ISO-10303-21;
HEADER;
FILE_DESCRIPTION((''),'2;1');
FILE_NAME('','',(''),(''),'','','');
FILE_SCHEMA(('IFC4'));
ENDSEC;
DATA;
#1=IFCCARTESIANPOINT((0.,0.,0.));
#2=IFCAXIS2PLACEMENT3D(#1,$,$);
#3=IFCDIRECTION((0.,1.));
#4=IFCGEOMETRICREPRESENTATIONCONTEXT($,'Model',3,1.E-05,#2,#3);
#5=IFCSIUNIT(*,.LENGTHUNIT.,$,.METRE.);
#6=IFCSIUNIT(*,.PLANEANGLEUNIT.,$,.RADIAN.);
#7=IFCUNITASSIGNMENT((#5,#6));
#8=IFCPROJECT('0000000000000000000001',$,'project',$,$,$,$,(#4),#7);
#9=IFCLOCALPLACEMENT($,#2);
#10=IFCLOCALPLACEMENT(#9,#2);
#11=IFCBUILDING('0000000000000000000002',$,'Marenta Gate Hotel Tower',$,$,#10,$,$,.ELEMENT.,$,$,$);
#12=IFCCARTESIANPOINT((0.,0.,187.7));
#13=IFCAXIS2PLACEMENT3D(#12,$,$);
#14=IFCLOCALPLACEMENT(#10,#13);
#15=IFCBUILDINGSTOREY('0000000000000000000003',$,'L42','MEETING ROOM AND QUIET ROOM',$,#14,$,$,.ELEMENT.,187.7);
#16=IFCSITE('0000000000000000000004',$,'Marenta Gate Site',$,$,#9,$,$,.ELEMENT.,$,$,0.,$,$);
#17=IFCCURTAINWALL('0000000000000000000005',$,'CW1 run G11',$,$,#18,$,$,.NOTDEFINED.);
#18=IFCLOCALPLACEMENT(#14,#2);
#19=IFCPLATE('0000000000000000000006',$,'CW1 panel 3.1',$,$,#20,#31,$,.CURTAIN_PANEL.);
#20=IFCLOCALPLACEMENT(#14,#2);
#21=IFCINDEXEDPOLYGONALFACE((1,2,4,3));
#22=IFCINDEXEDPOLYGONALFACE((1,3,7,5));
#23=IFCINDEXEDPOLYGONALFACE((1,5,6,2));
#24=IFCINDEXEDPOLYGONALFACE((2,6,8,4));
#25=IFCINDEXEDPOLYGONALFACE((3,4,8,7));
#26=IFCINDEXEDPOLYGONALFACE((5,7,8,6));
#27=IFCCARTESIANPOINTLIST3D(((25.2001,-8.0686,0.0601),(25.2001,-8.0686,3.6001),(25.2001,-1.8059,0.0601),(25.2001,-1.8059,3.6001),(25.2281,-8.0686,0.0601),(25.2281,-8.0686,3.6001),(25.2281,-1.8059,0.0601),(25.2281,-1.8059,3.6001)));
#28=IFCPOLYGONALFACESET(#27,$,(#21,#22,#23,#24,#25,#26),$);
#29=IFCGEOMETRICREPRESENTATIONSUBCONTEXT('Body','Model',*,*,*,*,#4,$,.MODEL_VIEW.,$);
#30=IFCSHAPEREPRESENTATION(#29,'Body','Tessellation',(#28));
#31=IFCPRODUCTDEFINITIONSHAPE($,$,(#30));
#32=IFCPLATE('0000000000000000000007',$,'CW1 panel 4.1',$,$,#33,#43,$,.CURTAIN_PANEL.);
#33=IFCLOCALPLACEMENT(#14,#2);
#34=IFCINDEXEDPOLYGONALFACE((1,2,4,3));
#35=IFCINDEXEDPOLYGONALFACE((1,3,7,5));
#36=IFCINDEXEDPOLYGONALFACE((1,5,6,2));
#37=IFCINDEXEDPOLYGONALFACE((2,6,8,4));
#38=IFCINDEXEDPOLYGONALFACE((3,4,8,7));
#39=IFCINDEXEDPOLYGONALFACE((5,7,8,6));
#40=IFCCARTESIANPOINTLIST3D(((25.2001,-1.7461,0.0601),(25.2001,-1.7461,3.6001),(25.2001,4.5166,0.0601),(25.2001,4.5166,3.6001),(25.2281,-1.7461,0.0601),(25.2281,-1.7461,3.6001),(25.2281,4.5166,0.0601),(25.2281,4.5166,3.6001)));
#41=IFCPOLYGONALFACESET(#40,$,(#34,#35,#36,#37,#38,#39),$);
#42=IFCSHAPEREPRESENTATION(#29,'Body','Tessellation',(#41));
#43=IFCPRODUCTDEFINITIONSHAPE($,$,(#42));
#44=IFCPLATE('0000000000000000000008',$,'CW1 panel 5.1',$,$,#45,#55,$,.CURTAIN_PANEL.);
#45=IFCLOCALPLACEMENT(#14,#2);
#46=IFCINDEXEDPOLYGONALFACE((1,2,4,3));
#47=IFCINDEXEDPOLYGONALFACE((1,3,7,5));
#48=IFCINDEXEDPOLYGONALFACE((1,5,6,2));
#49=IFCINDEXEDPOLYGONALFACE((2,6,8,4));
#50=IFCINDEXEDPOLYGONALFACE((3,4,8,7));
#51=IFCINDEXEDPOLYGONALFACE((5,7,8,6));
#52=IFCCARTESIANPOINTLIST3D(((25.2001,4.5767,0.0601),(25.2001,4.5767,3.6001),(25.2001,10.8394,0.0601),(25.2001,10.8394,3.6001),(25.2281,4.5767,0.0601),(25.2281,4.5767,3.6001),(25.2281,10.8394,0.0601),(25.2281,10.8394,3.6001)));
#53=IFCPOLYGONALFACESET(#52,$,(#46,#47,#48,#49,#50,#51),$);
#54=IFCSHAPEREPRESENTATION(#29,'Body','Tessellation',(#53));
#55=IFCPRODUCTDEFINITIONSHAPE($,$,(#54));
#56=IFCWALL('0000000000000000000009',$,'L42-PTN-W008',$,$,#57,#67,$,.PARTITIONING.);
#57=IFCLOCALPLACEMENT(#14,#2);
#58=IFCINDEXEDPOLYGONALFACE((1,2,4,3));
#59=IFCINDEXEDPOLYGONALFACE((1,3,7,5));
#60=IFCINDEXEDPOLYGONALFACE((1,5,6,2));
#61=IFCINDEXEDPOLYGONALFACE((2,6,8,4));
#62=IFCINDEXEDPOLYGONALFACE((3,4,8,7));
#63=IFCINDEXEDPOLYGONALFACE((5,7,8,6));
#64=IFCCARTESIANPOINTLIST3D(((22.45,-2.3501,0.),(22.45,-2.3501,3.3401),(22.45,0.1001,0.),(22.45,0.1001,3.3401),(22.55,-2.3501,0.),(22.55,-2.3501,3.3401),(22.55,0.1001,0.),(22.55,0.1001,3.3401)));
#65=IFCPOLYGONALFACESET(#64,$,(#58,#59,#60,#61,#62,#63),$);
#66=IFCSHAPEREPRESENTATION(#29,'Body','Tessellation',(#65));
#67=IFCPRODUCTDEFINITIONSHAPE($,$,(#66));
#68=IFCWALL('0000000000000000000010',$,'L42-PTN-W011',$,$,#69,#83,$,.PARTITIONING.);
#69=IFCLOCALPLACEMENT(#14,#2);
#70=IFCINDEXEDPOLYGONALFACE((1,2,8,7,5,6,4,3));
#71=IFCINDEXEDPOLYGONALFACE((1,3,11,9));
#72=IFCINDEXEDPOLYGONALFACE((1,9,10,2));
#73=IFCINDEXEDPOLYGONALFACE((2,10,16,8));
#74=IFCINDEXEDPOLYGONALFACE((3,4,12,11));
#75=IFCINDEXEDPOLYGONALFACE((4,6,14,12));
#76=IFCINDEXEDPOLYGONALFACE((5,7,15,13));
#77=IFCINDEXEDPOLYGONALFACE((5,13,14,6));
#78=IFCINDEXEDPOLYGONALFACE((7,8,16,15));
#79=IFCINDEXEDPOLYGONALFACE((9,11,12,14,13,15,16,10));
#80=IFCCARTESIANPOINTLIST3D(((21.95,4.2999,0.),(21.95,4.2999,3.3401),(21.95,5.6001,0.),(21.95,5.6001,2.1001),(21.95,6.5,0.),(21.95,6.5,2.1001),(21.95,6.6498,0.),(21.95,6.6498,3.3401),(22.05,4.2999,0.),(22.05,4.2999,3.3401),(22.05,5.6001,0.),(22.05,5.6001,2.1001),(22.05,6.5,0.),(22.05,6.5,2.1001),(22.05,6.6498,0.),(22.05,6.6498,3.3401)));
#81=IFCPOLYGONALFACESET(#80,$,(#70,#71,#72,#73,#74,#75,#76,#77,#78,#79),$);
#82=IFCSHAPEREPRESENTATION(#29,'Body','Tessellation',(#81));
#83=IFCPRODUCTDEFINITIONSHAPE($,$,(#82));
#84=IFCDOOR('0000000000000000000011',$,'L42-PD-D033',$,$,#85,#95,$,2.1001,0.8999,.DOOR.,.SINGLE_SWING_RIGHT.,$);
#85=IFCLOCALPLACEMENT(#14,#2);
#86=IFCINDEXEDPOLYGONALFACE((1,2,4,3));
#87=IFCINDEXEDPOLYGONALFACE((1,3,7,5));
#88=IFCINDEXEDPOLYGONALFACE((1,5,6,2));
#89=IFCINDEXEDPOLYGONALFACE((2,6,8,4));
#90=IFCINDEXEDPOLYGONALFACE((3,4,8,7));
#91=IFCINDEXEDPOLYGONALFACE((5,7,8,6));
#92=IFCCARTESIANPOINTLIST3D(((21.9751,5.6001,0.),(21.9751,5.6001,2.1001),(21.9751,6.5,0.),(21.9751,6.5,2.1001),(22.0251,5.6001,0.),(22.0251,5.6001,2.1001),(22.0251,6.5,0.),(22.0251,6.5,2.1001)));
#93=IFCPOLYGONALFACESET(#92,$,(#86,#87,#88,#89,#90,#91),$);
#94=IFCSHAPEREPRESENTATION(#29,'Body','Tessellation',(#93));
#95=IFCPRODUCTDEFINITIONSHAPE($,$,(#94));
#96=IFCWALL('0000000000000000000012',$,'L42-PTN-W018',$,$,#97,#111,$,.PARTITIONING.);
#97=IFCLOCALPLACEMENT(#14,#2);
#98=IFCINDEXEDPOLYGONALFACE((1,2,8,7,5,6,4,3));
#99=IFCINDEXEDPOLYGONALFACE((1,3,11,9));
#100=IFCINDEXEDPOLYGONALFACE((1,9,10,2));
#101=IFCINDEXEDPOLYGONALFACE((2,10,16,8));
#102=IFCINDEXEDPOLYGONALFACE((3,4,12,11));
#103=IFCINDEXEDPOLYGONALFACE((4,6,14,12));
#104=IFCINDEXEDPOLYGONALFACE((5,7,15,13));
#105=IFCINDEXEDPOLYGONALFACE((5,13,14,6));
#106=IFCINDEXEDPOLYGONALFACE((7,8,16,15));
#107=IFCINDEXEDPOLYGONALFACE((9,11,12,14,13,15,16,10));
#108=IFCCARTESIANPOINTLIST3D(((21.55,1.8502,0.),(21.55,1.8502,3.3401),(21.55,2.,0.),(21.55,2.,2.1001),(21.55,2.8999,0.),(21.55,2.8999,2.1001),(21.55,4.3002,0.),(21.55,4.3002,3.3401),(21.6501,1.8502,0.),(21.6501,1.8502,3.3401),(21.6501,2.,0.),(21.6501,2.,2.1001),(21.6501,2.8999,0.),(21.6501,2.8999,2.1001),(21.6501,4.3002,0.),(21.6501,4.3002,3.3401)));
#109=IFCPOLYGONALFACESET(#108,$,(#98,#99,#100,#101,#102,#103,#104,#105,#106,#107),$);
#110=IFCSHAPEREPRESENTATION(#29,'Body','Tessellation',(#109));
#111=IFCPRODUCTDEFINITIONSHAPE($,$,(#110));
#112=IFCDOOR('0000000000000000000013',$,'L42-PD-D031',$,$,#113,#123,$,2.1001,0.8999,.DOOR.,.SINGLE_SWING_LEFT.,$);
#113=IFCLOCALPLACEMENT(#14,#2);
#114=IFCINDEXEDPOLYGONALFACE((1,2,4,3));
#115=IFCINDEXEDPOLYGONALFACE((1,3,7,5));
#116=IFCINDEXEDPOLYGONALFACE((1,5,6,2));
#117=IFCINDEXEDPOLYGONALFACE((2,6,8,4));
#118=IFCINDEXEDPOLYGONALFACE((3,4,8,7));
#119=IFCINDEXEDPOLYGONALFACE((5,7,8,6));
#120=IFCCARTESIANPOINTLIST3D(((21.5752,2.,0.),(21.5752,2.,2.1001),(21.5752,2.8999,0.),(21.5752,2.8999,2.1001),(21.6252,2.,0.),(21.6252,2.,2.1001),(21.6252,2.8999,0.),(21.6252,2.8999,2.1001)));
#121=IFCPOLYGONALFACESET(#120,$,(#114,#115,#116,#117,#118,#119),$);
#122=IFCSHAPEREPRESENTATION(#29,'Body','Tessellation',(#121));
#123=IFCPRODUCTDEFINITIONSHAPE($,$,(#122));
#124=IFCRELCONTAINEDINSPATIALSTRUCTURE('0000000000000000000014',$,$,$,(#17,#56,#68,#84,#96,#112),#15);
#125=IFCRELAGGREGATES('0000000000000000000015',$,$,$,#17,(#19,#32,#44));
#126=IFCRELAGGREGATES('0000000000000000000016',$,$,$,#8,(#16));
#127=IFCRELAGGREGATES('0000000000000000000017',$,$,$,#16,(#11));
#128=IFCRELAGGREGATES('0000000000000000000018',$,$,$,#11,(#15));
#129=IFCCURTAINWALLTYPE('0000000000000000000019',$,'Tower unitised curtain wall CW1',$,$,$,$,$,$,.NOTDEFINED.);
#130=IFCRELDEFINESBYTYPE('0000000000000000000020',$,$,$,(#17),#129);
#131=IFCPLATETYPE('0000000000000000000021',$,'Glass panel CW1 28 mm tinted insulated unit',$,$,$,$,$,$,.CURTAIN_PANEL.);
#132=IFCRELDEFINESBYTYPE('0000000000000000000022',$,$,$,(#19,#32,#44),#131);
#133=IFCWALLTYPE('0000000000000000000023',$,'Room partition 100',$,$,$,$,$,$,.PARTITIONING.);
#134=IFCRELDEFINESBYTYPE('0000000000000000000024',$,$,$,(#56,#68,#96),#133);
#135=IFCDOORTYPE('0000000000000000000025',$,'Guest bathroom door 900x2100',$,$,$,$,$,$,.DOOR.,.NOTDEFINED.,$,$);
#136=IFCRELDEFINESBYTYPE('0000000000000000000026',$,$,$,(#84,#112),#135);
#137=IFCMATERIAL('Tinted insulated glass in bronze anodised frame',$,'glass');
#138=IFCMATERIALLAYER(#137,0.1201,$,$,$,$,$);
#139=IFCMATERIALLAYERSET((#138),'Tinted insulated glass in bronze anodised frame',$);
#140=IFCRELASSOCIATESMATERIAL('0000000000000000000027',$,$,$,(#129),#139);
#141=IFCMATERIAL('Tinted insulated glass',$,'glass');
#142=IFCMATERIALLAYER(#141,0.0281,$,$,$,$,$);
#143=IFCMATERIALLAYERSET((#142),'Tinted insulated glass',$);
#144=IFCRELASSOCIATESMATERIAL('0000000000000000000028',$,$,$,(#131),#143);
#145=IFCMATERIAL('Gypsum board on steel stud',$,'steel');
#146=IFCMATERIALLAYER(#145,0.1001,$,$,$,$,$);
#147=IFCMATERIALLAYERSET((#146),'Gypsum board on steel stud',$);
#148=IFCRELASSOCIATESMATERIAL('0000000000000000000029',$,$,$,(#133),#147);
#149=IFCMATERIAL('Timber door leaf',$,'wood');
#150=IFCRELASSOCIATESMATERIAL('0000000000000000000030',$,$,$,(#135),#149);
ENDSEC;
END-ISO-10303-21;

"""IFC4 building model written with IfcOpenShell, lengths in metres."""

from ifc_helpers import new_model, si_unit, direction, frame, frame_2d, origin, origin_2d, place, context, subcontext, project, spatial, rectangle, extrude, material, layer, layer_set, type_object, element, fill, aggregate, save


model = new_model("IFC4")

# Units and contexts
model_context = context("Model", 3, precision=1e-05, world=origin(), true_north=direction((0.0, 1.0)))
body_context = subcontext(model_context, "Body", "Model", "MODEL_VIEW")
ifc_project = project(units=[si_unit("LENGTHUNIT", "METRE"), si_unit("PLANEANGLEUNIT", "RADIAN")], contexts=[model_context])

# Site, building, storey
site_placement = place(None, origin())
site = spatial("IfcSite", under=ifc_project, at=site_placement, Name="Marenta Gate Site", CompositionType="ELEMENT", RefElevation=0.0)
building_placement = place(site_placement, origin())
building = spatial("IfcBuilding", under=site, at=building_placement, Name="Marenta Gate Hotel Tower", CompositionType="ELEMENT")
storey_placement = place(building_placement, frame((0.0, 0.0, 187.7)))
storey = spatial("IfcBuildingStorey", under=building, at=storey_placement, Name="L42", Description="MEETING ROOM AND QUIET ROOM", CompositionType="ELEMENT", Elevation=187.7)

# Curtain wall, plates
ifc_material_1 = material(Name="Tinted insulated glass in bronze anodised frame", Category="glass")
ifc_layer_1 = layer(ifc_material_1, 0.1201)
ifc_layer_set_1 = layer_set([ifc_layer_1], Name="Tinted insulated glass in bronze anodised frame")
curtain_wall_type = type_object("IfcCurtainWallType", Name="Tower unitised curtain wall CW1", PredefinedType="NOTDEFINED", material=ifc_layer_set_1)
curtain_wall_placement = place(storey_placement, origin())
curtain_wall = element("IfcCurtainWall", 1, at=curtain_wall_placement, inside=storey, type_object=curtain_wall_type, Name="CW1 run G11", PredefinedType="NOTDEFINED")
ifc_material_2 = material(Name="Tinted insulated glass", Category="glass")
ifc_layer_2 = layer(ifc_material_2, 0.0281)
ifc_layer_set_2 = layer_set([ifc_layer_2], Name="Tinted insulated glass")
plate_type = type_object("IfcPlateType", Name="Glass panel CW1 28 mm tinted insulated unit", PredefinedType="CURTAIN_PANEL", material=ifc_layer_set_2)
plate_1_placement = place(storey_placement, frame((25.2141, -4.9373, 0.0601), z_axis=(0.0, 0.0, 1.0), x_axis=(0.0, 1.0, 0.0)))
plate_1 = element("IfcPlate", 2, at=plate_1_placement, type_object=plate_type, Name="CW1 panel 3.1", PredefinedType="CURTAIN_PANEL", context=body_context, shape_type="SweptSolid", body=[
    extrude(rectangle(XDim=6.2627, YDim=0.0281, at=origin_2d()), origin(), (0.0, 0.0, 1.0), 3.54),
])
plate_2_placement = place(storey_placement, frame((25.2141, 1.3853, 0.0601), z_axis=(0.0, 0.0, 1.0), x_axis=(0.0, 1.0, 0.0)))
plate_2 = element("IfcPlate", 3, at=plate_2_placement, type_object=plate_type, Name="CW1 panel 4.1", PredefinedType="CURTAIN_PANEL", context=body_context, shape_type="SweptSolid", body=[
    extrude(rectangle(XDim=6.2627, YDim=0.0281, at=origin_2d()), origin(), (0.0, 0.0, 1.0), 3.54),
])
plate_3_placement = place(storey_placement, frame((25.2141, 7.708, 0.0601), z_axis=(0.0, 0.0, 1.0), x_axis=(0.0, 1.0, 0.0)))
plate_3 = element("IfcPlate", 4, at=plate_3_placement, type_object=plate_type, Name="CW1 panel 5.1", PredefinedType="CURTAIN_PANEL", context=body_context, shape_type="SweptSolid", body=[
    extrude(rectangle(XDim=6.2627, YDim=0.0281, at=origin_2d()), origin(), (0.0, 0.0, 1.0), 3.54),
])
aggregate(curtain_wall, [plate_1, plate_2, plate_3])

# Wall
ifc_material_3 = material(Name="Gypsum board on steel stud", Category="steel")
ifc_layer_3 = layer(ifc_material_3, 0.1001)
ifc_layer_set_3 = layer_set([ifc_layer_3], Name="Gypsum board on steel stud")
wall_type = type_object("IfcWallType", Name="Room partition 100", PredefinedType="PARTITIONING", material=ifc_layer_set_3)
wall_1_placement = place(storey_placement, frame((22.5, -2.3501, 0.0), z_axis=(0.0, 0.0, 1.0), x_axis=(0.0, 1.0, 0.0)))
element("IfcWall", 5, at=wall_1_placement, inside=storey, type_object=wall_type, Name="L42-PTN-W008", PredefinedType="PARTITIONING", context=body_context, shape_type="SweptSolid", body=[
    extrude(rectangle(XDim=2.4502, YDim=0.1001, at=frame_2d((1.2251, 0.0))), origin(), (0.0, 0.0, 1.0), 3.3401),
])

# Walls, openings, doors
wall_2_placement = place(storey_placement, frame((22.0, 4.3, 0.0), z_axis=(0.0, 0.0, 1.0), x_axis=(0.0, 1.0, 0.0)))
wall_2 = element("IfcWall", 6, at=wall_2_placement, inside=storey, type_object=wall_type, Name="L42-PTN-W011", PredefinedType="PARTITIONING", context=body_context, shape_type="SweptSolid", body=[
    extrude(rectangle(XDim=2.3499, YDim=0.1001, at=frame_2d((1.1748, 0.0))), origin(), (0.0, 0.0, 1.0), 3.3401),
])
opening_1_placement = place(wall_2_placement, frame((1.3, 0.0, 0.0)))
opening_1 = element("IfcOpeningElement", 7, at=opening_1_placement, cuts=wall_2, PredefinedType="OPENING", context=body_context, shape_type="SweptSolid", body=[
    extrude(rectangle(XDim=0.8999, YDim=2.1001, at=frame_2d((0.45, 1.05))), frame((0.0, 0.05, 0.0), z_axis=(0.0, -1.0, 0.0), x_axis=(1.0, 0.0, 0.0)), (0.0, 0.0, 1.0), 0.1001),
])
ifc_material_4 = material(Name="Timber door leaf", Category="wood")
door_type = type_object("IfcDoorType", Name="Guest bathroom door 900x2100", OperationType="NOTDEFINED", PredefinedType="DOOR", material=ifc_material_4)
door_1_placement = place(opening_1_placement, origin())
door_1 = element("IfcDoor", 8, at=door_1_placement, inside=storey, type_object=door_type, Name="L42-PD-D033", OperationType="SINGLE_SWING_RIGHT", OverallHeight=2.1001, OverallWidth=0.8999, PredefinedType="DOOR", context=body_context, shape_type="SweptSolid", body=[
    extrude(rectangle(XDim=0.8999, YDim=2.1001, at=frame_2d((0.45, 1.05))), frame((0.0, 0.0249, 0.0), z_axis=(0.0, -1.0, 0.0), x_axis=(1.0, 0.0, 0.0)), (0.0, 0.0, 1.0), 0.05),
])
fill(opening_1, door_1)
wall_3_placement = place(storey_placement, frame((21.6001, 1.8501, 0.0), z_axis=(0.0, 0.0, 1.0), x_axis=(0.0, 1.0, 0.0)))
wall_3 = element("IfcWall", 9, at=wall_3_placement, inside=storey, type_object=wall_type, Name="L42-PTN-W018", PredefinedType="PARTITIONING", context=body_context, shape_type="SweptSolid", body=[
    extrude(rectangle(XDim=2.45, YDim=0.1001, at=frame_2d((1.2251, 0.0))), origin(), (0.0, 0.0, 1.0), 3.3401),
])
opening_2_placement = place(wall_3_placement, frame((0.1499, 0.0, 0.0)))
opening_2 = element("IfcOpeningElement", 10, at=opening_2_placement, cuts=wall_3, PredefinedType="OPENING", context=body_context, shape_type="SweptSolid", body=[
    extrude(rectangle(XDim=0.8999, YDim=2.1001, at=frame_2d((0.45, 1.05))), frame((0.0, 0.05, 0.0), z_axis=(0.0, -1.0, 0.0), x_axis=(1.0, 0.0, 0.0)), (0.0, 0.0, 1.0), 0.1001),
])
door_2_placement = place(opening_2_placement, origin())
door_2 = element("IfcDoor", 11, at=door_2_placement, inside=storey, type_object=door_type, Name="L42-PD-D031", OperationType="SINGLE_SWING_LEFT", OverallHeight=2.1001, OverallWidth=0.8999, PredefinedType="DOOR", context=body_context, shape_type="SweptSolid", body=[
    extrude(rectangle(XDim=0.8999, YDim=2.1001, at=frame_2d((0.45, 1.05))), frame((0.0, 0.0249, 0.0), z_axis=(0.0, -1.0, 0.0), x_axis=(1.0, 0.0, 0.0)), (0.0, 0.0, 1.0), 0.05),
])
fill(opening_2, door_2)

save(model, "model.ifc")
